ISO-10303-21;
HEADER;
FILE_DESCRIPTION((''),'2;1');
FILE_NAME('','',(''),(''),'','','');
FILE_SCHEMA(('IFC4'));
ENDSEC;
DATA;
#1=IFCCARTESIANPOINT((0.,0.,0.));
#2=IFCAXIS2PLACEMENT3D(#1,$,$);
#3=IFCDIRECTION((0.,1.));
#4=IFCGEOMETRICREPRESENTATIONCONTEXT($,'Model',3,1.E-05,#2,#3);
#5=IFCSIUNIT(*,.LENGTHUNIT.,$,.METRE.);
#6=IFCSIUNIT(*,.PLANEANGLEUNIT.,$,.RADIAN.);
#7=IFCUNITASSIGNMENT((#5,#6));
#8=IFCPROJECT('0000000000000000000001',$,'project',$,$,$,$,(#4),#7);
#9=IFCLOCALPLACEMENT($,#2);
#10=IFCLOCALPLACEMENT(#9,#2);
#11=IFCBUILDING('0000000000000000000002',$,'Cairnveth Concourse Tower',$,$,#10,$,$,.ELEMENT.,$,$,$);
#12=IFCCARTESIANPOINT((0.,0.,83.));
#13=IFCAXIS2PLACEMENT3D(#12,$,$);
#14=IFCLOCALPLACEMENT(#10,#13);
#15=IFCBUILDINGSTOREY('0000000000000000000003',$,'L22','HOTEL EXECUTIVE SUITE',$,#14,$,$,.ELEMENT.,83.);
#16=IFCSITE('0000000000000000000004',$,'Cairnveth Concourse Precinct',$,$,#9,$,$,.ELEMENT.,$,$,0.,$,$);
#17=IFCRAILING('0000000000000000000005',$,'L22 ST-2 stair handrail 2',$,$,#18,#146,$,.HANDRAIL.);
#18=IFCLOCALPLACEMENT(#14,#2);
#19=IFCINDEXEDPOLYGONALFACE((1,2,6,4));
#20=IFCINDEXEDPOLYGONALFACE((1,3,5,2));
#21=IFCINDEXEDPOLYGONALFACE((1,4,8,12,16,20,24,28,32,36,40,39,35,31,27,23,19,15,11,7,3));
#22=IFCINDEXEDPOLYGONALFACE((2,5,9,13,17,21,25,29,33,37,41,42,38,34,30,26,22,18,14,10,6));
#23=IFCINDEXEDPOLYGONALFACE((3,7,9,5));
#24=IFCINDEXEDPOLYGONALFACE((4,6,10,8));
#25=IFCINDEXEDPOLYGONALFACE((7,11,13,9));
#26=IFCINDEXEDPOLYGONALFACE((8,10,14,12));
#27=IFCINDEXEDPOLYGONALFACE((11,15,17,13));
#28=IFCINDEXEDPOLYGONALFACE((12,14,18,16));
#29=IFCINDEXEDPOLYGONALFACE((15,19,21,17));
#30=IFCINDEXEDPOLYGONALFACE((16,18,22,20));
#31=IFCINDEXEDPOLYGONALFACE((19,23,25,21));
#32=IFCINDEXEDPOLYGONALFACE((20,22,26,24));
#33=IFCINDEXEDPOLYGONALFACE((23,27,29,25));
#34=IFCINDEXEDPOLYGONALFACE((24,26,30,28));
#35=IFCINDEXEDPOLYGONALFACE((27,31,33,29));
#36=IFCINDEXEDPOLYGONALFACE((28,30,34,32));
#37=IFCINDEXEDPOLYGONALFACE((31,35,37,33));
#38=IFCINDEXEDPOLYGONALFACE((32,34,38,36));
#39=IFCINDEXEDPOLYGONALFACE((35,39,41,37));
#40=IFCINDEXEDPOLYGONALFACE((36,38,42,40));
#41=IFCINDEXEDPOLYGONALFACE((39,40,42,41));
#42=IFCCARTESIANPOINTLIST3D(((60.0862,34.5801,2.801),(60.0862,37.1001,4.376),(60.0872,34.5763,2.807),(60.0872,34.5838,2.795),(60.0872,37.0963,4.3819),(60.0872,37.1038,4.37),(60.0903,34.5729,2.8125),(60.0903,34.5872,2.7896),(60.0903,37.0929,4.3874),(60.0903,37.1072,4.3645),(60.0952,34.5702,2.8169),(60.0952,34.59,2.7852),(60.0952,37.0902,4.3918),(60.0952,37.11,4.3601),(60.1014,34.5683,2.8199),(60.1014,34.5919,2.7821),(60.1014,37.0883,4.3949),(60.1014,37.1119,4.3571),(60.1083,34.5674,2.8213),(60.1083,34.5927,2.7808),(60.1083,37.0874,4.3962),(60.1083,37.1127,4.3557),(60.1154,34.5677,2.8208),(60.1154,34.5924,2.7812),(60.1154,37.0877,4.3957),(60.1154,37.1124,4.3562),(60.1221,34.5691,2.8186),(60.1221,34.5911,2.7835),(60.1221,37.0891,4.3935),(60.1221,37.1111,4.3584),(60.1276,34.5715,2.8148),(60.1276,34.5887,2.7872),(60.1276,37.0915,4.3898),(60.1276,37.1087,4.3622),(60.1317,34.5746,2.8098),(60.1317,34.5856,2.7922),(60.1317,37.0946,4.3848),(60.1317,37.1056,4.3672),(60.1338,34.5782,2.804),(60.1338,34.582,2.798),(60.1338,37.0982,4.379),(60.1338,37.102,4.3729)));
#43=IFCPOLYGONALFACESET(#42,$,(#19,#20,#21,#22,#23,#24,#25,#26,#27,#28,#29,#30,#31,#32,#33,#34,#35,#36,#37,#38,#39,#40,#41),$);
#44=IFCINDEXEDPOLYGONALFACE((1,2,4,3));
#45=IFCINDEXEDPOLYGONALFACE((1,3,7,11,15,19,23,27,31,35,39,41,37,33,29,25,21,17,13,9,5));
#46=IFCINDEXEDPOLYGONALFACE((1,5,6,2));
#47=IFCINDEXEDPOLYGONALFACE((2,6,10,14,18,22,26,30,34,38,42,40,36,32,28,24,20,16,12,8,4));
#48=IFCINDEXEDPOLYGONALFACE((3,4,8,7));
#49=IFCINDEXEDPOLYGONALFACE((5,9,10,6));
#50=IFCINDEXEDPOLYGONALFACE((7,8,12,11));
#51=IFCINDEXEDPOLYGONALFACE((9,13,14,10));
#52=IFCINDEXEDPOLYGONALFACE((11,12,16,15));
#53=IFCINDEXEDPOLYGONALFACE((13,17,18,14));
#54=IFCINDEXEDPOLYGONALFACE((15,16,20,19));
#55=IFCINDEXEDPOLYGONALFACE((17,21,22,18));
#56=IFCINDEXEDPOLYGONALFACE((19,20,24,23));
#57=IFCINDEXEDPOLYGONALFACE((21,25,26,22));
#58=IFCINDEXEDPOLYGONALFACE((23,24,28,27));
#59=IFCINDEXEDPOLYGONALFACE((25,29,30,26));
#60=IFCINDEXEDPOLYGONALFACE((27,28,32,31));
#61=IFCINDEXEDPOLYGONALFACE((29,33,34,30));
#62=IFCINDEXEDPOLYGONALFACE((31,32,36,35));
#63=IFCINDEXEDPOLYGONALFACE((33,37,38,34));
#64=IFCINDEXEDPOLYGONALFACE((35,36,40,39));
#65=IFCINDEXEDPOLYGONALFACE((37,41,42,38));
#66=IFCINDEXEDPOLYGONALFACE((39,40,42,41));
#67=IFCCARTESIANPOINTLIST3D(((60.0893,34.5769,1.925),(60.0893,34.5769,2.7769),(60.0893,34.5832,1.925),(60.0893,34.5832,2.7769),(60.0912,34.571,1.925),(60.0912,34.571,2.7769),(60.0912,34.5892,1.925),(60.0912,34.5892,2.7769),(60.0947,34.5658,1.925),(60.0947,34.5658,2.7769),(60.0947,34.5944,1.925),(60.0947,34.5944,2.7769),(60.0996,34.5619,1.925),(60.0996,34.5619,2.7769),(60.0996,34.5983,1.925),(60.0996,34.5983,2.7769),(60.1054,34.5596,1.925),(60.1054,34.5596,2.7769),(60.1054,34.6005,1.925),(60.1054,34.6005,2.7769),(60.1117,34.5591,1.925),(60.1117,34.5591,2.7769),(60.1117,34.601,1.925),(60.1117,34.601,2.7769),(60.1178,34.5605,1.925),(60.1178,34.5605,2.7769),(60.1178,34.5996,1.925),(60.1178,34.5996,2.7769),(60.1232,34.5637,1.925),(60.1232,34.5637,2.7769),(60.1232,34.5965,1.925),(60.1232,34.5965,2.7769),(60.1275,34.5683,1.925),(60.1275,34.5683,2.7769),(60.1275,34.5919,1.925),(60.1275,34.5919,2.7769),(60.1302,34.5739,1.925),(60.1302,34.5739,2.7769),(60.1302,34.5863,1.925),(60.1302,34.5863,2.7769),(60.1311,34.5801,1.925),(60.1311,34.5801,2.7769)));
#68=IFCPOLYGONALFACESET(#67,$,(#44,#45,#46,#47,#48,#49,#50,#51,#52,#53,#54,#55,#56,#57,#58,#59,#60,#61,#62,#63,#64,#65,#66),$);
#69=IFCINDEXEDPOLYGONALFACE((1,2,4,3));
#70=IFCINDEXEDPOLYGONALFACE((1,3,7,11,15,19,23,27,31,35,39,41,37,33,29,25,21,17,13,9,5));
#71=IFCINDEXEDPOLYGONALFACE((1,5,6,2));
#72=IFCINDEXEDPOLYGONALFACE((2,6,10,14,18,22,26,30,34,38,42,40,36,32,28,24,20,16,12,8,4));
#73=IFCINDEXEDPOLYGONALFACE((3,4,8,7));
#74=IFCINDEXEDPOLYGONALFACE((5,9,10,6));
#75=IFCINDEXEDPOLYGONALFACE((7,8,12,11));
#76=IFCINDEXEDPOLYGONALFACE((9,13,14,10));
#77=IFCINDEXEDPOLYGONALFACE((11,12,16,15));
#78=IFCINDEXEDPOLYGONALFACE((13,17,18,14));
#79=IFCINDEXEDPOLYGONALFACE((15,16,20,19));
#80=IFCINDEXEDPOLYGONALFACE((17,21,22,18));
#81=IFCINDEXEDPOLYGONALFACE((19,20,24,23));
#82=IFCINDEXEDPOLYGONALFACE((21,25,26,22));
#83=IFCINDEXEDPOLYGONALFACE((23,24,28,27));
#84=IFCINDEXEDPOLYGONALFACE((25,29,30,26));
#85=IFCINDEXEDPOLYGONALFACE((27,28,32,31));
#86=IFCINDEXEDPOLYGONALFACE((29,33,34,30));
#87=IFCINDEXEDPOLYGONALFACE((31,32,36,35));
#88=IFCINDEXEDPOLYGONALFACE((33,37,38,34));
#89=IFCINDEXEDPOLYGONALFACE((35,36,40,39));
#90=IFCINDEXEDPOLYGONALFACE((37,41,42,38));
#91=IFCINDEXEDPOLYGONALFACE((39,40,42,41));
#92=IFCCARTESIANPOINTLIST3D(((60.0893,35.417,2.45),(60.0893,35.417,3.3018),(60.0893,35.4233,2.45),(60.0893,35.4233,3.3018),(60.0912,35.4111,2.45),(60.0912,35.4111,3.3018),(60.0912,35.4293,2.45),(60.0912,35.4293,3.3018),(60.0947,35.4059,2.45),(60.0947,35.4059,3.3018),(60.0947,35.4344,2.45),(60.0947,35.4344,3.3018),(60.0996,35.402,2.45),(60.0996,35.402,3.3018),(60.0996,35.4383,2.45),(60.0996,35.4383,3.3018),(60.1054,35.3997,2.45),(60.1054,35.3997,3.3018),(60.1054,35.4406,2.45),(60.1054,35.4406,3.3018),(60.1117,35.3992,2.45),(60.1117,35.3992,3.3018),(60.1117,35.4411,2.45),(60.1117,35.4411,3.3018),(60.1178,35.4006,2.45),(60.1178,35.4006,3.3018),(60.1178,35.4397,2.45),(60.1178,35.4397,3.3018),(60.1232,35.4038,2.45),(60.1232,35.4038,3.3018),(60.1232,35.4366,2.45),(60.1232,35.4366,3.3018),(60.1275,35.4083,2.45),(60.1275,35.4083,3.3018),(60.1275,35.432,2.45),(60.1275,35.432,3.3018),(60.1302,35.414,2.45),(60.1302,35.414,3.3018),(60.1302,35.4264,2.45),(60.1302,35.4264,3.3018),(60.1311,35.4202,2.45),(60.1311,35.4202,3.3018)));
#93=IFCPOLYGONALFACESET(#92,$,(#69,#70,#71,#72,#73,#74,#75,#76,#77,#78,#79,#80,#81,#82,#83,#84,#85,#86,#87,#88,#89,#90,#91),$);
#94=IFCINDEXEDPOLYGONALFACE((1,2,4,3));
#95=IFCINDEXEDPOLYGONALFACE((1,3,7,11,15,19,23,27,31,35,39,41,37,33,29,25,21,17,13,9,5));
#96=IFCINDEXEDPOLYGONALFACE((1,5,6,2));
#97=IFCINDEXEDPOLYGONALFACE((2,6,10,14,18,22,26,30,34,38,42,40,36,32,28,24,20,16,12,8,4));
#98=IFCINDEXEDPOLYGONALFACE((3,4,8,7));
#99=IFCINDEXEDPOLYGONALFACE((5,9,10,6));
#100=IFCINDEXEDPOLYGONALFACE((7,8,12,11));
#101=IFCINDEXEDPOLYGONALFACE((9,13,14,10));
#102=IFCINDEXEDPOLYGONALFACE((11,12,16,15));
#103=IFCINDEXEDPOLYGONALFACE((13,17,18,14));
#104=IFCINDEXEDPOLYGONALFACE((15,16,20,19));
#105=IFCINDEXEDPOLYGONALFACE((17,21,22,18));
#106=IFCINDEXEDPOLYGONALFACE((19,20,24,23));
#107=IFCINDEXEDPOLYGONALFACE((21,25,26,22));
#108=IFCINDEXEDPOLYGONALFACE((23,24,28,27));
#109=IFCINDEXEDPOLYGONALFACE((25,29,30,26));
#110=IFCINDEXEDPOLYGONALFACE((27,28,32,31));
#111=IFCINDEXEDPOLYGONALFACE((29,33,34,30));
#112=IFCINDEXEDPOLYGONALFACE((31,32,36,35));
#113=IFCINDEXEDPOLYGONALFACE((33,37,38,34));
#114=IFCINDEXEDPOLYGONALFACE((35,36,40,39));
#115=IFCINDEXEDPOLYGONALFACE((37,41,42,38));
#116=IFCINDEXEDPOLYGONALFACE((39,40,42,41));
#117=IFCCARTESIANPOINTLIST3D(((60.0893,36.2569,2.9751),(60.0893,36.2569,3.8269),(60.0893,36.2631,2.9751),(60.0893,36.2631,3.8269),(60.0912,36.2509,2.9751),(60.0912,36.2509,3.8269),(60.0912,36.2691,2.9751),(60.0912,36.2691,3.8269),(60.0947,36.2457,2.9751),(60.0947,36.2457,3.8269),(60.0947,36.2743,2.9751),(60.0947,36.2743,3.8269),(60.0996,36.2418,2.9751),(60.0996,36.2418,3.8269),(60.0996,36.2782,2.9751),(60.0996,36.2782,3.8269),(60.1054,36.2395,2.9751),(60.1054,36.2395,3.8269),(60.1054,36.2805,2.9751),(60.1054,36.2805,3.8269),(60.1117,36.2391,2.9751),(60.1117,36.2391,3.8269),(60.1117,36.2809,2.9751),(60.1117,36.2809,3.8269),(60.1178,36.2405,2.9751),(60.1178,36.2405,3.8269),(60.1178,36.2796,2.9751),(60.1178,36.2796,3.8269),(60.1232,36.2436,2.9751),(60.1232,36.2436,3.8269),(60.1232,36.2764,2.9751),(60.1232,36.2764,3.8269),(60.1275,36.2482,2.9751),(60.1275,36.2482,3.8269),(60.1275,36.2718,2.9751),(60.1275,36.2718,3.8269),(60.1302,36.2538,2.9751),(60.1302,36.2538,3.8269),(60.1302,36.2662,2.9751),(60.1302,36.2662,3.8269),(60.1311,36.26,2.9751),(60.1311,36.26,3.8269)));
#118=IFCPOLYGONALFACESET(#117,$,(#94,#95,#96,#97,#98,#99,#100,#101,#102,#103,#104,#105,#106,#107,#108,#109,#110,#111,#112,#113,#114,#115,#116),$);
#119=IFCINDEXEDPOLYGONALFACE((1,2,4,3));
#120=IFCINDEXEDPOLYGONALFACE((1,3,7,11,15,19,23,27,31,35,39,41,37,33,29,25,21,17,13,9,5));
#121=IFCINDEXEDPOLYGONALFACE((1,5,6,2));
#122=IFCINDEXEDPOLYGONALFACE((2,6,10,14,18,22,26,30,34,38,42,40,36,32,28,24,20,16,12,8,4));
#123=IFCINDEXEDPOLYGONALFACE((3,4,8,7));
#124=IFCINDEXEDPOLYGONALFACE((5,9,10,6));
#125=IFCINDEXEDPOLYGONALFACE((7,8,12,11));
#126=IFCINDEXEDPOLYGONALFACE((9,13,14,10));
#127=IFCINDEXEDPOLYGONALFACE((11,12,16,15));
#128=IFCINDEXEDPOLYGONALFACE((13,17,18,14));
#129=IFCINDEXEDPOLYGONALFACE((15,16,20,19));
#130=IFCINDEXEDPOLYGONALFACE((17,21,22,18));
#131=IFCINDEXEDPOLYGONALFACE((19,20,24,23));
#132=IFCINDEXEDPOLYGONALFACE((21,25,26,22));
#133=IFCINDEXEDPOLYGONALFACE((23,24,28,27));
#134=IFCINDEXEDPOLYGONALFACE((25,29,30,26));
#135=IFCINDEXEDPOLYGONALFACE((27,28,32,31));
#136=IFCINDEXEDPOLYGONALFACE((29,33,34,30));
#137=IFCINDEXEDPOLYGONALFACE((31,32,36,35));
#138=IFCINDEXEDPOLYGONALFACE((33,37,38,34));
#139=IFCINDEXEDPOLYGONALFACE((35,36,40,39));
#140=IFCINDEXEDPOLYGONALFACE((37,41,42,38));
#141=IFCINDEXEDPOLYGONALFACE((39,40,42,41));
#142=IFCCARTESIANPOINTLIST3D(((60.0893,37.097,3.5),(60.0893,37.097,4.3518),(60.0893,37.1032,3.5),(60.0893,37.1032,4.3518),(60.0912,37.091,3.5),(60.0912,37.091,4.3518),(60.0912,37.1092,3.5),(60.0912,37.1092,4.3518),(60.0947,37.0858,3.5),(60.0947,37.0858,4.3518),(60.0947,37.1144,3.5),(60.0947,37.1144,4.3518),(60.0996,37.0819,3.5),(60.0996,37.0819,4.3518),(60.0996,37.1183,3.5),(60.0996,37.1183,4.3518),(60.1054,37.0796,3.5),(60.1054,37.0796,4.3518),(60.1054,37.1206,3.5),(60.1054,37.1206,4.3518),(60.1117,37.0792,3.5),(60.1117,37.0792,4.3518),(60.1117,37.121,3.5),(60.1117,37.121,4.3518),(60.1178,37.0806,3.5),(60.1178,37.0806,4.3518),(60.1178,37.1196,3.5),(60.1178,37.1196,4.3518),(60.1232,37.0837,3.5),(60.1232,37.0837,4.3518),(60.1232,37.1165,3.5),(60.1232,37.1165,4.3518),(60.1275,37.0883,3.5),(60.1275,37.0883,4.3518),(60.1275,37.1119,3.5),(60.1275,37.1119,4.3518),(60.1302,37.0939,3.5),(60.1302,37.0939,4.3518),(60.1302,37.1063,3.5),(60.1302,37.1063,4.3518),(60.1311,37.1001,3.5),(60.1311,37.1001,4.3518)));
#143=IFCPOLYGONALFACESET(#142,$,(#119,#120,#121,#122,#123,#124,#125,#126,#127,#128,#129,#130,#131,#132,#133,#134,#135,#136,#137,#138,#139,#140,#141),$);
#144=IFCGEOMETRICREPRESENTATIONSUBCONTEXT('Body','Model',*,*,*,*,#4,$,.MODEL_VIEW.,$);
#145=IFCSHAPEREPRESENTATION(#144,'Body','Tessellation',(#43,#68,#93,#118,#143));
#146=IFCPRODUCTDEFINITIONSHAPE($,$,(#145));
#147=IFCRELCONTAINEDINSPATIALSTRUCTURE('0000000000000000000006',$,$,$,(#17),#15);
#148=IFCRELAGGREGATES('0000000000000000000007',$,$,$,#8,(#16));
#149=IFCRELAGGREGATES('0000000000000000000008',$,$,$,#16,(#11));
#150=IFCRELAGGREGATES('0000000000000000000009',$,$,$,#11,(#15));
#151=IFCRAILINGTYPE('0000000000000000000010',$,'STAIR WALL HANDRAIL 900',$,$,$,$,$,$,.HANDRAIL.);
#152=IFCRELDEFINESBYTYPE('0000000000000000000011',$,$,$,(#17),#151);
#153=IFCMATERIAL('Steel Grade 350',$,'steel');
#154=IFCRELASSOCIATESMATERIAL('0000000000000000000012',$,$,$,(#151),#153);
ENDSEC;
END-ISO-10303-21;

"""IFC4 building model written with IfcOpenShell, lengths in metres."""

from ifc_helpers import new_model, si_unit, direction, frame, origin, origin_2d, place, context, subcontext, project, spatial, circle, extrude, material, type_object, element, save


model = new_model("IFC4")

# Units and contexts
model_context = context("Model", 3, precision=1e-05, world=origin(), true_north=direction((0.0, 1.0)))
body_context = subcontext(model_context, "Body", "Model", "MODEL_VIEW")
ifc_project = project(units=[si_unit("LENGTHUNIT", "METRE"), si_unit("PLANEANGLEUNIT", "RADIAN")], contexts=[model_context])

# Site, building, storey
site_placement = place(None, origin())
site = spatial("IfcSite", under=ifc_project, at=site_placement, Name="Cairnveth Concourse Precinct", CompositionType="ELEMENT", RefElevation=0.0)
building_placement = place(site_placement, origin())
building = spatial("IfcBuilding", under=site, at=building_placement, Name="Cairnveth Concourse Tower", CompositionType="ELEMENT")
storey_placement = place(building_placement, frame((0.0, 0.0, 83.0)))
storey = spatial("IfcBuildingStorey", under=building, at=storey_placement, Name="L22", Description="HOTEL EXECUTIVE SUITE", CompositionType="ELEMENT", Elevation=83.0)

# Shared definitions
ifc_material_1 = material(Name="Steel Grade 350", Category="steel")

# Railing
railing_type_1 = type_object("IfcRailingType", Name="STAIR WALL HANDRAIL 900", PredefinedType="HANDRAIL", material=ifc_material_1)
railing_1_placement = place(storey_placement, frame((60.1101, 34.5801, 1.925)))
element("IfcRailing", 1, at=railing_1_placement, inside=storey, type_object=railing_type_1, Name="L22 ST-2 stair handrail 2", PredefinedType="HANDRAIL", context=body_context, shape_type="SweptSolid", body=[
    extrude(circle(Radius=0.0239, at=origin_2d()), frame((0.0, 0.0, 0.876), z_axis=(0.0, 0.848008, 0.529984), x_axis=(-1.0, 0.0, 0.0)), (0.0, 0.0, 1.0), 2.9717),
    extrude(circle(Radius=0.021, at=origin_2d()), origin(), (0.0, 0.0, 1.0), 0.8518),
    extrude(circle(Radius=0.021, at=origin_2d()), frame((0.0, 0.8401, 0.5249)), (0.0, 0.0, 1.0), 0.8518),
    extrude(circle(Radius=0.021, at=origin_2d()), frame((0.0, 1.6799, 1.05)), (0.0, 0.0, 1.0), 0.8518),
    extrude(circle(Radius=0.021, at=origin_2d()), frame((0.0, 2.52, 1.575)), (0.0, 0.0, 1.0), 0.8518),
])

save(model, "model.ifc")
